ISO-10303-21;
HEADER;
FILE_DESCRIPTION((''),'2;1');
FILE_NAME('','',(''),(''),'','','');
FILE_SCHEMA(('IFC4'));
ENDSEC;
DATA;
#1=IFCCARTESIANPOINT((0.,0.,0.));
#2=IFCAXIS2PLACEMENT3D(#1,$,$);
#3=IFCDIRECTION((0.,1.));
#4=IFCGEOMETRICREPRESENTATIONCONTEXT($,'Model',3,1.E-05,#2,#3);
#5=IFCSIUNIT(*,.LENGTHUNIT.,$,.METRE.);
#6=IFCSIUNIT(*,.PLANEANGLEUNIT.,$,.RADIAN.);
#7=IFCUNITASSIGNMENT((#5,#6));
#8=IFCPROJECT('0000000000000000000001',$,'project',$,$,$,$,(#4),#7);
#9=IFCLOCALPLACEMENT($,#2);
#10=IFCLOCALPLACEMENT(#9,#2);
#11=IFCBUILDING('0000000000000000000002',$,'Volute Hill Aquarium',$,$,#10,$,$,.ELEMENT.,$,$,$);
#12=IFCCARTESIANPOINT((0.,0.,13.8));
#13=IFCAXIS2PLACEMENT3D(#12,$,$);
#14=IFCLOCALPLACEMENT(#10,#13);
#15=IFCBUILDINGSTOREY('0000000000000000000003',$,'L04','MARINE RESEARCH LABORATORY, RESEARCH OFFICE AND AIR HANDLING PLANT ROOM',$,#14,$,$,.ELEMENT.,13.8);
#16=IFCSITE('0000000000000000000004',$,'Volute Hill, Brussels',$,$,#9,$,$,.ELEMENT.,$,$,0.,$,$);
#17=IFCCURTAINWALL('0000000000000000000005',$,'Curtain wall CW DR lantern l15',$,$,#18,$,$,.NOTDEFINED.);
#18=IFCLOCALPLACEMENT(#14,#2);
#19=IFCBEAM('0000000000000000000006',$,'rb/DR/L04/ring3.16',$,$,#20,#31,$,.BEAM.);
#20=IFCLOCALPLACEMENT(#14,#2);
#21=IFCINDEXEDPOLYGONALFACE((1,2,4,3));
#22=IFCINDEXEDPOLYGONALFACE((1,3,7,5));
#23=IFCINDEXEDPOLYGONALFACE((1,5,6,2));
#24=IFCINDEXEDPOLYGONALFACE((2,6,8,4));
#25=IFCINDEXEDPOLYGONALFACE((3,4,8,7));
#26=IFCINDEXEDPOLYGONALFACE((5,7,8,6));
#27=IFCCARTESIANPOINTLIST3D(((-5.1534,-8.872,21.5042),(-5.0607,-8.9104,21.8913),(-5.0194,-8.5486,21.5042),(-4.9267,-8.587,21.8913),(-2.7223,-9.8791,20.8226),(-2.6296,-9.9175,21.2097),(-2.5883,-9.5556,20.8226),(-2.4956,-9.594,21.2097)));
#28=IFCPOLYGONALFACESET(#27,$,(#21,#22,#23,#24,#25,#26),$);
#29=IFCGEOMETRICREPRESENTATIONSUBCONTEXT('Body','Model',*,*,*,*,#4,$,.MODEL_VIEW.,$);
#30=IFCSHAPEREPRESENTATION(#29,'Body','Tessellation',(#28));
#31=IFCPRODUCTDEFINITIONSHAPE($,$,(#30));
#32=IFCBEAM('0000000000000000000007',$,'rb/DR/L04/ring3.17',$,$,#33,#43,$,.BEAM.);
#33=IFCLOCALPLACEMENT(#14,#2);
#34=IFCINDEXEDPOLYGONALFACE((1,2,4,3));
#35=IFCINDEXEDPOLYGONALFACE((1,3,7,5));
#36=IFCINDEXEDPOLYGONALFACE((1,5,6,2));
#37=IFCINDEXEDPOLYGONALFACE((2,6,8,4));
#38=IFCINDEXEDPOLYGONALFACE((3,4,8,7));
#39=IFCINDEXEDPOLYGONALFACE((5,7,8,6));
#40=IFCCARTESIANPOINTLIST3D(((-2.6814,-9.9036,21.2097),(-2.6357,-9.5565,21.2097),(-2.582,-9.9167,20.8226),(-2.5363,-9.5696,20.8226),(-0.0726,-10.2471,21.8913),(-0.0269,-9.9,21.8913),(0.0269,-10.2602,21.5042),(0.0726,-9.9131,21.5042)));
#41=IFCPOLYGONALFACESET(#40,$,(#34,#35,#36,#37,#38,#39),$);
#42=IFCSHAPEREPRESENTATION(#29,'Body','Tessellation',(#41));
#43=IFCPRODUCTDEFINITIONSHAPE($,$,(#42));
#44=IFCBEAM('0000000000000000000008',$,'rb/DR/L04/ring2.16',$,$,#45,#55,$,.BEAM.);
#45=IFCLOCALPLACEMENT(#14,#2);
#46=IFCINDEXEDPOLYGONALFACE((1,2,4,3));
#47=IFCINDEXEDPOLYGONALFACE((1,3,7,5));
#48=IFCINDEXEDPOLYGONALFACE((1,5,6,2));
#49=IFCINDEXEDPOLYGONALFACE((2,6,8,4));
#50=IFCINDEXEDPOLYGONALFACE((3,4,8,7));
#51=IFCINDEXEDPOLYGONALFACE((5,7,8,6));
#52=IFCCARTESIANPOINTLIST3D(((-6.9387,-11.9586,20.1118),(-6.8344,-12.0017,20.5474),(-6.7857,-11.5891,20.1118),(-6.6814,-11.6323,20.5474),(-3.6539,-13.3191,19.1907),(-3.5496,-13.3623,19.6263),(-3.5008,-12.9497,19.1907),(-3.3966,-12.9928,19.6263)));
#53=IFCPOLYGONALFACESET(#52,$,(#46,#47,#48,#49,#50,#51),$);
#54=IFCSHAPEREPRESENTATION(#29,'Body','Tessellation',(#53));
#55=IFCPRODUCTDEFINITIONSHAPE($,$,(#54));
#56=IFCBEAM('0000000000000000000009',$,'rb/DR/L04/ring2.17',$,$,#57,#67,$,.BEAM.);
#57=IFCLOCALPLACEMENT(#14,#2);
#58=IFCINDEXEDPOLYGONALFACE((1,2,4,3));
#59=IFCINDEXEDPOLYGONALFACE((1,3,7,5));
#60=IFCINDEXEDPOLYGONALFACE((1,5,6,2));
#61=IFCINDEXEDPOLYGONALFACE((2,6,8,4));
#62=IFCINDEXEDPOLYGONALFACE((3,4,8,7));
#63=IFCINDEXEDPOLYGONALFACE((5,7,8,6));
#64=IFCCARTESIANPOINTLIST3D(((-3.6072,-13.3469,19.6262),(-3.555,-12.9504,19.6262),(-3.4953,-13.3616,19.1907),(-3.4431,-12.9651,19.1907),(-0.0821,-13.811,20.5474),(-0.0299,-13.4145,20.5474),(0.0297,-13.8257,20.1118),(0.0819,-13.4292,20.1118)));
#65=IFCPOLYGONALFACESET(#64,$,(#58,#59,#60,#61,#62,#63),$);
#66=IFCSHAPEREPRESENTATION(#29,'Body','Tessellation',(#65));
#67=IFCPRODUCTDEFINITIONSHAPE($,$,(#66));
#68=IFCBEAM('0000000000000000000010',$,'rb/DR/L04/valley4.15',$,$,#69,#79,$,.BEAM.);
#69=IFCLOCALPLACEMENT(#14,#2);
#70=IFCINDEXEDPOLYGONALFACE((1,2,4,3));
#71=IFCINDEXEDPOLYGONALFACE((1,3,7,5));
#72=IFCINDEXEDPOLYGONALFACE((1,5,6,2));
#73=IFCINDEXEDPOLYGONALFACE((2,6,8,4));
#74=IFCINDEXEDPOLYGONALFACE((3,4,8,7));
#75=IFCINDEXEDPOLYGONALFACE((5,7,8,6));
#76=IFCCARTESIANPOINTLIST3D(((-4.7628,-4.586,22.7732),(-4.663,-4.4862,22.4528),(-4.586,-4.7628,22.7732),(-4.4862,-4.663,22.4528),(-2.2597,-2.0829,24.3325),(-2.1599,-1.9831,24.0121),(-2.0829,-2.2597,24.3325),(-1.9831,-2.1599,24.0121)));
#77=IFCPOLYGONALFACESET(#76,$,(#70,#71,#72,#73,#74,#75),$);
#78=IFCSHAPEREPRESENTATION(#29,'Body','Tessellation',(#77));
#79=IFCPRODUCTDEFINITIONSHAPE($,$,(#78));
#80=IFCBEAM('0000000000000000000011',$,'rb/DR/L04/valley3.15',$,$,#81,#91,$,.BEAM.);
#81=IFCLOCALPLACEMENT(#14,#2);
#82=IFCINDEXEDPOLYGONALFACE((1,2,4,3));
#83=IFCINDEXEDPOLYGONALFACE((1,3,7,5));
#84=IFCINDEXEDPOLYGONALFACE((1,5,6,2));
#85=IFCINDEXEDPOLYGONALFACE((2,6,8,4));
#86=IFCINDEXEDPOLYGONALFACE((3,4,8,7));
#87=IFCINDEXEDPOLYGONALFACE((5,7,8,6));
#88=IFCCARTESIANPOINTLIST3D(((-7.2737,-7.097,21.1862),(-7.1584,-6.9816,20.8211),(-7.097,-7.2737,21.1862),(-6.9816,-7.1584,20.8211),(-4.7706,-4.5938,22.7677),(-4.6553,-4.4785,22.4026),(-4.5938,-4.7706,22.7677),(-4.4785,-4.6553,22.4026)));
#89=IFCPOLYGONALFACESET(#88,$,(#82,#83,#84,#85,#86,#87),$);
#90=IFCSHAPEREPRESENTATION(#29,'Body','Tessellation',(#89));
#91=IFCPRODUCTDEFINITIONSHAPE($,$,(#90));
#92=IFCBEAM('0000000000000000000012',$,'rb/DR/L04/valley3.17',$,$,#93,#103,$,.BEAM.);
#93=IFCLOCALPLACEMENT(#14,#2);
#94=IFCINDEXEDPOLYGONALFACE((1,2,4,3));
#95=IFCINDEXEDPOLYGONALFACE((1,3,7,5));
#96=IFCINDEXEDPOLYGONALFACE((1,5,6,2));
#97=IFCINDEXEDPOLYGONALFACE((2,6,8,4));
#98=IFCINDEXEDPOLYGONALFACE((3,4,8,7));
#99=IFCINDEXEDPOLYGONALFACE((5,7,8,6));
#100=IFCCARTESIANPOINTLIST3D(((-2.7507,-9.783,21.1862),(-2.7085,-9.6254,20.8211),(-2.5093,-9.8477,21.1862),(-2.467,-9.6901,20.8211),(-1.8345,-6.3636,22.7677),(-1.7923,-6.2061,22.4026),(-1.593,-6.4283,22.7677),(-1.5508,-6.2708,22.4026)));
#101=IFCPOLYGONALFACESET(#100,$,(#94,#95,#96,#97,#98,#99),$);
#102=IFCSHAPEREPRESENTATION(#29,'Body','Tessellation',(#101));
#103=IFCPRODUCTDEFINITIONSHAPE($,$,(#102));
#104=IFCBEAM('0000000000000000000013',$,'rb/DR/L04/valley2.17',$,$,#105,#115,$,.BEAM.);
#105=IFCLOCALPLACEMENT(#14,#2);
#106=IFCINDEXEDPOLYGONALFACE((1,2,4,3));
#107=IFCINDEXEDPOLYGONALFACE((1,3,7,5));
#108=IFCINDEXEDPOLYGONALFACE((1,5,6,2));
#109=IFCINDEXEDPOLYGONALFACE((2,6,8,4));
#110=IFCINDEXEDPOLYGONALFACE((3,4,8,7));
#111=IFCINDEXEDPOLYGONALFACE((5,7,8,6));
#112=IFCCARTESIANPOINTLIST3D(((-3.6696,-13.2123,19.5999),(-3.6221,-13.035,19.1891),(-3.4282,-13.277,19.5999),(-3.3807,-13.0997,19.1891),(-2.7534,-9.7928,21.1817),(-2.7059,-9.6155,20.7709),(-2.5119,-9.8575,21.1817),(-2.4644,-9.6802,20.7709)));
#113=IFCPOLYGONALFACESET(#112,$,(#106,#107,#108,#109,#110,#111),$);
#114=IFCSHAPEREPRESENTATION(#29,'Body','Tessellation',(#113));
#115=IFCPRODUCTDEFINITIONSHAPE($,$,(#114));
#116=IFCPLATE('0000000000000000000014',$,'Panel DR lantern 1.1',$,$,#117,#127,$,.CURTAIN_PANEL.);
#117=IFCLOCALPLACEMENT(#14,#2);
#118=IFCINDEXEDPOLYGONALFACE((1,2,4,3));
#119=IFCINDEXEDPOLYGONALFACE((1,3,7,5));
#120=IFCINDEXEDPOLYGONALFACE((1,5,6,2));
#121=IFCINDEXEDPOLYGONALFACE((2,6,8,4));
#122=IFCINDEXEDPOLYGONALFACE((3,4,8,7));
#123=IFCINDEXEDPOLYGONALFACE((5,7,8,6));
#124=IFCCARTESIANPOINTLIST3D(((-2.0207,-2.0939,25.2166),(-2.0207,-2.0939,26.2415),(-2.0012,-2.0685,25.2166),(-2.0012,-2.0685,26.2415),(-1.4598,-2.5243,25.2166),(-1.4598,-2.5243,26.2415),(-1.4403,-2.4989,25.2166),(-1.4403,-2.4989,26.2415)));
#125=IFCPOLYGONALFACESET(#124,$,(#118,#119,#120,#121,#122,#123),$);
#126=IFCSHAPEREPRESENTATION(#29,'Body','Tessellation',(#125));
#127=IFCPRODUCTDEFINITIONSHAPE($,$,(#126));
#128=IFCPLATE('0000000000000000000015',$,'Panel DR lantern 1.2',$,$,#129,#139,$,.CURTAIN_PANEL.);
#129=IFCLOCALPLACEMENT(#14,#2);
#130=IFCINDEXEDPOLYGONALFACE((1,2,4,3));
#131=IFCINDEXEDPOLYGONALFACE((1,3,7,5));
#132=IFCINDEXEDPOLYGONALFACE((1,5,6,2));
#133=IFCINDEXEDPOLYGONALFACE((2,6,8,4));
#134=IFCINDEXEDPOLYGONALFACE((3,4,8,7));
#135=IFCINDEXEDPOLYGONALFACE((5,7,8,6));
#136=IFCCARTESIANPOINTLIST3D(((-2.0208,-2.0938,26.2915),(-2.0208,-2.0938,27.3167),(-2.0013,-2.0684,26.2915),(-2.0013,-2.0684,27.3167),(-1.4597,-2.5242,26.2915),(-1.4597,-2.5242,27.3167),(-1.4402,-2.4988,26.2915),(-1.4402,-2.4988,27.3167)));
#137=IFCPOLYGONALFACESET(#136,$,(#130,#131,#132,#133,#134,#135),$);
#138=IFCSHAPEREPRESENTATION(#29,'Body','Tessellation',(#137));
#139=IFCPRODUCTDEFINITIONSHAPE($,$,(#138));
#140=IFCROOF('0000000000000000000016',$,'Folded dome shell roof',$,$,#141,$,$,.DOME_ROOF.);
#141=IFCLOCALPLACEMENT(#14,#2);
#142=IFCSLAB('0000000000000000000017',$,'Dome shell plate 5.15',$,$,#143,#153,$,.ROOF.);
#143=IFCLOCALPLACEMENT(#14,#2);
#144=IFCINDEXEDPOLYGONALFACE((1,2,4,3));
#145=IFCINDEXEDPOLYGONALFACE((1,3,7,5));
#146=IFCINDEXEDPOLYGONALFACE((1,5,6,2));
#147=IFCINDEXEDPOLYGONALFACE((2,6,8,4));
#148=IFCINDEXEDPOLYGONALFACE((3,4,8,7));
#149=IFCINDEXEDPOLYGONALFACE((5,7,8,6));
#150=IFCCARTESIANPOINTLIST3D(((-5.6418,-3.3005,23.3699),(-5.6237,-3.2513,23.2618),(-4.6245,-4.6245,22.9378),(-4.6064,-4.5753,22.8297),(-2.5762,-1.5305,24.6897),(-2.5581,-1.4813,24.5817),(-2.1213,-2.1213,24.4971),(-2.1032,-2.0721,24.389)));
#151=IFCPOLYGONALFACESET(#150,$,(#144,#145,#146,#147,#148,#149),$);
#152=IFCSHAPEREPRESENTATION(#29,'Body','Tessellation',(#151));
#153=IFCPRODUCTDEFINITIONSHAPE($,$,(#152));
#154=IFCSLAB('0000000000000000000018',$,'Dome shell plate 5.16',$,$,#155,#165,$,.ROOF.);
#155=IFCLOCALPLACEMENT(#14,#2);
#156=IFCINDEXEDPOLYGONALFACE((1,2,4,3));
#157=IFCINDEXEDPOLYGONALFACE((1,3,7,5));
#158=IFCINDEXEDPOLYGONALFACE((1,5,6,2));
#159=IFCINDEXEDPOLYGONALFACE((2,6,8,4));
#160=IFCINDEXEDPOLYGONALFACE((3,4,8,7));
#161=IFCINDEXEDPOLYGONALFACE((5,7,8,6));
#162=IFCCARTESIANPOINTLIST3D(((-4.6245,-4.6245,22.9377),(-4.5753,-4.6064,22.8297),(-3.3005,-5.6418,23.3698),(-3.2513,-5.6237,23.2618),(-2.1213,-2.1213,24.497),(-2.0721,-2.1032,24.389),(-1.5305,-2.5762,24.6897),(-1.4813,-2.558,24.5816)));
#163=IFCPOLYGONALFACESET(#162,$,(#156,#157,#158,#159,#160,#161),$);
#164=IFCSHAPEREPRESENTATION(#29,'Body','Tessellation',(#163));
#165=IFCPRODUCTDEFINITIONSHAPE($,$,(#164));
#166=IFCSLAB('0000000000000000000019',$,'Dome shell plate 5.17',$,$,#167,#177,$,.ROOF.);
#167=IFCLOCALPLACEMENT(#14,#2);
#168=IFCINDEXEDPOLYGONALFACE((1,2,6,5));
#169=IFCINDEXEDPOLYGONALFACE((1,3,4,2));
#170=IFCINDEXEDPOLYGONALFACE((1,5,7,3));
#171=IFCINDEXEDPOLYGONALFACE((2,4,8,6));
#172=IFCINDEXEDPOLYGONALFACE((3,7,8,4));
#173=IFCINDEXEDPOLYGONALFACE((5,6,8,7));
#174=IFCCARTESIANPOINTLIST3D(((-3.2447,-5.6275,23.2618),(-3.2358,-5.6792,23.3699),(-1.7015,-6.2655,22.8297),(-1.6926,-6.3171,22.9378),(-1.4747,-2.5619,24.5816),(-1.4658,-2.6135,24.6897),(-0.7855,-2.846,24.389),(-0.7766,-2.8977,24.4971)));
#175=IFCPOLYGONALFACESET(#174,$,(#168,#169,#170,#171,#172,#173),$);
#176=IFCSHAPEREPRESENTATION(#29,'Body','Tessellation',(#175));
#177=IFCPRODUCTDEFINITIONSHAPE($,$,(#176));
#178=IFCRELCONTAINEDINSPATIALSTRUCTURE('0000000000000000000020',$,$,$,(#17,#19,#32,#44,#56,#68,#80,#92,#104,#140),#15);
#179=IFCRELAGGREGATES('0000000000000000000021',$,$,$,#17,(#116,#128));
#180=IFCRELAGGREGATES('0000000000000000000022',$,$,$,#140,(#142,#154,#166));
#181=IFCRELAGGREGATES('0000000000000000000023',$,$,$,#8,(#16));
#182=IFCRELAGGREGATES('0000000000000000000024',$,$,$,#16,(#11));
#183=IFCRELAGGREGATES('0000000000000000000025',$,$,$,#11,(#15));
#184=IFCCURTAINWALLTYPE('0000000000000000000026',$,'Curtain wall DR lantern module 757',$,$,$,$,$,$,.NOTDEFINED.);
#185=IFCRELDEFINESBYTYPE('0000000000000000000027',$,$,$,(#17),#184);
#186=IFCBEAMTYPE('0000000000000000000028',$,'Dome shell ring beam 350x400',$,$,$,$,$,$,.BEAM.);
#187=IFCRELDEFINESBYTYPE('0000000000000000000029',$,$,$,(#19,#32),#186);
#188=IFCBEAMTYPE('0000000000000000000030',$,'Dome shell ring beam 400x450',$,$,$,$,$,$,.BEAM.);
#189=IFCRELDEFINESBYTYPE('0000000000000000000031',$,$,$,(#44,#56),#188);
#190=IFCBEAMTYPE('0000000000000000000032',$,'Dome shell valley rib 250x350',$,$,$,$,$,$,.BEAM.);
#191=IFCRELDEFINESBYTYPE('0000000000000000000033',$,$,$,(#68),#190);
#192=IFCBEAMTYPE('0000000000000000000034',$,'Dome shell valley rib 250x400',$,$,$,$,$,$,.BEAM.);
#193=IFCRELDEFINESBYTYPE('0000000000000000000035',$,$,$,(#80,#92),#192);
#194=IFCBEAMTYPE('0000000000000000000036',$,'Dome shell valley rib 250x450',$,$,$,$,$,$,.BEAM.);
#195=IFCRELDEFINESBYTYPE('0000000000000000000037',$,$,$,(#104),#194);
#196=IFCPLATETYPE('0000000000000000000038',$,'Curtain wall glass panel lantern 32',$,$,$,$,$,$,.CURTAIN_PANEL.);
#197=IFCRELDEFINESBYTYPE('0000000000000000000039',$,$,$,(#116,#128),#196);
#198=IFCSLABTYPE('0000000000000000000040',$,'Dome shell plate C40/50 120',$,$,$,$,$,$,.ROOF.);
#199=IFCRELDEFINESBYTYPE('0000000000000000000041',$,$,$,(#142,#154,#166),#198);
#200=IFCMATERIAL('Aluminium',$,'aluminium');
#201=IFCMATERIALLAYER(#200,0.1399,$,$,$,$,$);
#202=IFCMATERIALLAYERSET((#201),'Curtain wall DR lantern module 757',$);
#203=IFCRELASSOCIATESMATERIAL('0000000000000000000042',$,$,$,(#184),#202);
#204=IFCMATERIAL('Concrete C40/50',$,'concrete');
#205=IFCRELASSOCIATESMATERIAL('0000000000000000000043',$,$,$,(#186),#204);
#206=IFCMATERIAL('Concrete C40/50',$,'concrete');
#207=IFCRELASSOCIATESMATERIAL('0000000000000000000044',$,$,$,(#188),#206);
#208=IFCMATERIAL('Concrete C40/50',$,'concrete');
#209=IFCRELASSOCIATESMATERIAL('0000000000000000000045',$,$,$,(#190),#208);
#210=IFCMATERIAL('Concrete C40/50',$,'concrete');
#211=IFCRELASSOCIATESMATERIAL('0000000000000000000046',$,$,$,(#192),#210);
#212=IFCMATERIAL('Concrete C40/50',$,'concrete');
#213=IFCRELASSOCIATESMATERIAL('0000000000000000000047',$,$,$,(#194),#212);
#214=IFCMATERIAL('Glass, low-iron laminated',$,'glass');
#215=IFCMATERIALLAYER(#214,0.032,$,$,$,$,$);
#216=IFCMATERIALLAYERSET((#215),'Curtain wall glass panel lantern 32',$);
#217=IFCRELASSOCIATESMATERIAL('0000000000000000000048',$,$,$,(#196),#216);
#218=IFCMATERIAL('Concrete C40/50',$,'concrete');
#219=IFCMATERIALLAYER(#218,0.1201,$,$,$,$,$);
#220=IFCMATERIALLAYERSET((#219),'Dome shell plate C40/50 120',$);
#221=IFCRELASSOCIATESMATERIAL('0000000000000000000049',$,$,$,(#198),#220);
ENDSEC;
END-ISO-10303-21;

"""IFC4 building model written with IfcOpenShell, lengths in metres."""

from ifc_helpers import new_model, si_unit, direction, frame, origin, origin_2d, place, context, subcontext, project, spatial, polyline, rectangle, outline, extrude, material, layer, layer_set, material_profile, profile_set, type_object, element, aggregate, save


model = new_model("IFC4")

# Units and contexts
model_context = context("Model", 3, precision=1e-05, world=origin(), true_north=direction((0.0, 1.0)))
body_context = subcontext(model_context, "Body", "Model", "MODEL_VIEW")
ifc_project = project(units=[si_unit("LENGTHUNIT", "METRE"), si_unit("PLANEANGLEUNIT", "RADIAN")], contexts=[model_context])

# Site, building, storey
site_placement = place(None, origin())
site = spatial("IfcSite", under=ifc_project, at=site_placement, Name="Volute Hill, Brussels", CompositionType="ELEMENT", RefElevation=0.0)
building_placement = place(site_placement, origin())
building = spatial("IfcBuilding", under=site, at=building_placement, Name="Volute Hill Aquarium", CompositionType="ELEMENT")
storey_placement = place(building_placement, frame((0.0, 0.0, 13.8)))
storey = spatial("IfcBuildingStorey", under=building, at=storey_placement, Name="L04", Description="MARINE RESEARCH LABORATORY, RESEARCH OFFICE AND AIR HANDLING PLANT ROOM", CompositionType="ELEMENT", Elevation=13.8)

# Curtain wall
ifc_material_1 = material(Name="Aluminium", Category="aluminium")
ifc_layer_1 = layer(ifc_material_1, 0.1399)
ifc_layer_set_1 = layer_set([ifc_layer_1], Name="Curtain wall DR lantern module 757")
curtain_wall_type = type_object("IfcCurtainWallType", Name="Curtain wall DR lantern module 757", PredefinedType="NOTDEFINED", material=ifc_layer_set_1)
curtain_wall_placement = place(storey_placement, origin())
curtain_wall = element("IfcCurtainWall", 1, at=curtain_wall_placement, inside=storey, type_object=curtain_wall_type, Name="Curtain wall CW DR lantern l15", PredefinedType="NOTDEFINED")

# Beams
ifc_material_2 = material(Name="Concrete C40/50", Category="concrete")
ifc_material_profile_1 = material_profile(ifc_material_2, rectangle(XDim=0.3501, YDim=0.3999, at=origin_2d()), Name="RC beam 350x400")
ifc_profile_set_1 = profile_set([ifc_material_profile_1], Name="Concrete C40/50")
beam_type_1 = type_object("IfcBeamType", Name="Dome shell ring beam 350x400", PredefinedType="BEAM", material=ifc_profile_set_1)
for number, where, z_axis, x_axis, name in (
    (2, (-5.04, -8.7295, 21.6978), (0.894353, -0.370477, -0.250757), (0.382704, 0.923871, 0.0), "rb/DR/L04/ring3.16"),
    (3, (-2.6089, -9.7366, 21.0161), (0.959765, -0.12637, 0.250764), (0.130541, 0.991443, 0.0), "rb/DR/L04/ring3.17"),
):
    element("IfcBeam", number, at=place(storey_placement, frame(where, z_axis=z_axis, x_axis=x_axis)), inside=storey, type_object=beam_type_1, Name=name, PredefinedType="BEAM", context=body_context, shape_type="SweptSolid", body=[
        extrude(rectangle(XDim=0.3501, YDim=0.3999, at=origin_2d()), origin(), (0.0, 0.0, 1.0), 2.7183),
    ])
ifc_material_3 = material(Name="Concrete C40/50", Category="concrete")
ifc_material_profile_2 = material_profile(ifc_material_3, rectangle(XDim=0.3999, YDim=0.45, at=origin_2d()), Name="RC beam 400x450")
ifc_profile_set_2 = profile_set([ifc_material_profile_2], Name="Concrete C40/50")
beam_type_2 = type_object("IfcBeamType", Name="Dome shell ring beam 400x450", PredefinedType="BEAM", material=ifc_profile_set_2)
for number, where, z_axis, x_axis, name in (
    (4, (-6.8101, -11.7954, 20.3296), (0.894359, -0.370439, -0.250793), (0.382669, 0.923885, 0.0), "rb/DR/L04/ring2.16"),
    (5, (-3.5251, -13.156, 19.4084), (0.959759, -0.126359, 0.250791), (0.130531, 0.991444, 0.0), "rb/DR/L04/ring2.17"),
):
    element("IfcBeam", number, at=place(storey_placement, frame(where, z_axis=z_axis, x_axis=x_axis)), inside=storey, type_object=beam_type_2, Name=name, PredefinedType="BEAM", context=body_context, shape_type="SweptSolid", body=[
        extrude(rectangle(XDim=0.3999, YDim=0.45, at=origin_2d()), origin(), (0.0, 0.0, 1.0), 3.6729),
    ])
ifc_material_4 = material(Name="Concrete C40/50", Category="concrete")
ifc_material_profile_3 = material_profile(ifc_material_4, rectangle(XDim=0.25, YDim=0.3501, at=origin_2d()), Name="RC rib 250x350")
ifc_profile_set_3 = profile_set([ifc_material_profile_3], Name="Concrete C40/50")
beam_type_3 = type_object("IfcBeamType", Name="Dome shell valley rib 250x350", PredefinedType="BEAM", material=ifc_profile_set_3)
beam_1_placement = place(storey_placement, frame((-4.6245, -4.6245, 22.613), z_axis=(0.64711, 0.64711, 0.40311), x_axis=(-0.707107, 0.707107, 0.0)))
element("IfcBeam", 6, at=beam_1_placement, inside=storey, type_object=beam_type_3, Name="rb/DR/L04/valley4.15", PredefinedType="BEAM", context=body_context, shape_type="SweptSolid", body=[
    extrude(rectangle(XDim=0.25, YDim=0.3501, at=origin_2d()), origin(), (0.0, 0.0, 1.0), 3.8682),
])
ifc_material_5 = material(Name="Concrete C40/50", Category="concrete")
ifc_material_profile_4 = material_profile(ifc_material_5, rectangle(XDim=0.25, YDim=0.3999, at=origin_2d()), Name="RC rib 250x400")
ifc_profile_set_4 = profile_set([ifc_material_profile_4], Name="Concrete C40/50")
beam_type_4 = type_object("IfcBeamType", Name="Dome shell valley rib 250x400", PredefinedType="BEAM", material=ifc_profile_set_4)
for number, where, z_axis, x_axis, name in (
    (7, (-7.1277, -7.1277, 21.0037), (0.645606, 0.645606, 0.407904), (-0.707107, 0.707107, 0.0), "rb/DR/L04/valley3.15"),
    (8, (-2.6089, -9.7366, 21.0037), (0.236315, 0.881915, 0.4079), (-0.965924, 0.258826, 0.0), "rb/DR/L04/valley3.17"),
):
    element("IfcBeam", number, at=place(storey_placement, frame(where, z_axis=z_axis, x_axis=x_axis)), inside=storey, type_object=beam_type_4, Name=name, PredefinedType="BEAM", context=body_context, shape_type="SweptSolid", body=[
        extrude(rectangle(XDim=0.25, YDim=0.3999, at=origin_2d()), origin(), (0.0, 0.0, 1.0), 3.8772),
    ])
ifc_material_6 = material(Name="Concrete C40/50", Category="concrete")
ifc_material_profile_5 = material_profile(ifc_material_6, rectangle(XDim=0.25, YDim=0.45, at=origin_2d()), Name="RC rib 250x450")
ifc_profile_set_5 = profile_set([ifc_material_profile_5], Name="Concrete C40/50")
beam_type_5 = type_object("IfcBeamType", Name="Dome shell valley rib 250x450", PredefinedType="BEAM", material=ifc_profile_set_5)
beam_2_placement = place(storey_placement, frame((-3.5251, -13.156, 19.3945), z_axis=(0.236309, 0.881892, 0.407952), x_axis=(-0.965924, 0.258826, 0.0)))
element("IfcBeam", 9, at=beam_2_placement, inside=storey, type_object=beam_type_5, Name="rb/DR/L04/valley2.17", PredefinedType="BEAM", context=body_context, shape_type="SweptSolid", body=[
    extrude(rectangle(XDim=0.25, YDim=0.45, at=origin_2d()), origin(), (0.0, 0.0, 1.0), 3.8774),
])

# Plates
ifc_material_7 = material(Name="Glass, low-iron laminated", Category="glass")
ifc_layer_2 = layer(ifc_material_7, 0.032)
ifc_layer_set_2 = layer_set([ifc_layer_2], Name="Curtain wall glass panel lantern 32")
plate_type = type_object("IfcPlateType", Name="Curtain wall glass panel lantern 32", PredefinedType="CURTAIN_PANEL", material=ifc_layer_set_2)
plate_1_placement = place(storey_placement, frame((-1.7305, -2.2964, 25.2166), z_axis=(0.0, 0.0, 1.0), x_axis=(0.793326, -0.608798, 0.0)))
plate_1 = element("IfcPlate", 10, at=plate_1_placement, type_object=plate_type, Name="Panel DR lantern 1.1", PredefinedType="CURTAIN_PANEL", context=body_context, shape_type="SweptSolid", body=[
    extrude(rectangle(XDim=0.707, YDim=0.032, at=origin_2d()), origin(), (0.0, 0.0, 1.0), 1.0249),
])
plate_2_placement = place(storey_placement, frame((-2.0208, -2.0938, 26.2915), z_axis=(-0.608692, -0.793406, 0.0), x_axis=(0.793406, -0.608692, 0.0)))
plate_2 = element("IfcPlate", 11, at=plate_2_placement, type_object=plate_type, Name="Panel DR lantern 1.2", PredefinedType="CURTAIN_PANEL", context=body_context, shape_type="SweptSolid", body=[
    extrude(outline(polyline([(0.0, 0.0), (0.7071, 0.0), (0.7071, 1.0251), (0.0, 1.0251), (0.0, 0.0)])), origin(), (0.0, 0.0, -1.0), 0.032),
])
aggregate(curtain_wall, [plate_1, plate_2])

# Roof, slabs
roof_placement = place(storey_placement, origin())
roof = element("IfcRoof", 12, at=roof_placement, inside=storey, Name="Folded dome shell roof", PredefinedType="DOME_ROOF")
ifc_material_8 = material(Name="Concrete C40/50", Category="concrete")
ifc_layer_3 = layer(ifc_material_8, 0.1201)
ifc_layer_set_3 = layer_set([ifc_layer_3], Name="Dome shell plate C40/50 120")
slab_type_1 = type_object("IfcSlabType", Name="Dome shell plate C40/50 120", PredefinedType="ROOF", material=ifc_layer_set_3)
slab_1_placement = place(storey_placement, frame((-5.6418, -3.3005, 23.3699), z_axis=(-0.150887, -0.409565, 0.899716), x_axis=(0.589856, -0.767662, -0.25053)))
slab_1 = element("IfcSlab", 13, at=slab_1_placement, type_object=slab_type_1, Name="Dome shell plate 5.15", PredefinedType="ROOF", context=body_context, shape_type="SweptSolid", body=[
    extrude(outline(polyline([(0.0, 0.0), (1.7247, 0.0), (0.889, 3.7769), (0.1189, 3.7761), (0.0, 0.0)])), origin(), (0.0, 0.0, -1.0), 0.1201),
])
slab_2_placement = place(storey_placement, frame((-4.6245, -4.6245, 22.9377), z_axis=(-0.409565, -0.150887, 0.899716), x_axis=(0.767662, -0.589856, 0.25053)))
slab_2 = element("IfcSlab", 14, at=slab_2_placement, type_object=slab_type_1, Name="Dome shell plate 5.16", PredefinedType="ROOF", context=body_context, shape_type="SweptSolid", body=[
    extrude(outline(polyline([(0.0, 0.0), (1.7247, 0.0), (1.6058, 3.7761), (0.8357, 3.7769), (0.0, 0.0)])), origin(), (0.0, 0.0, -1.0), 0.1201),
])
slab_3_placement = place(storey_placement, frame((-3.2358, -5.6792, 23.3699), z_axis=(0.074118, -0.430139, 0.899715), x_axis=(0.894679, -0.369848, -0.250522)))
slab_3 = element("IfcSlab", 15, at=slab_3_placement, type_object=slab_type_1, Name="Dome shell plate 5.17", PredefinedType="ROOF", context=body_context, shape_type="SweptSolid", body=[
    extrude(outline(polyline([(0.0, 0.0), (1.7249, 0.0), (0.8891, 3.7768), (0.1191, 3.7761), (0.0, 0.0)])), origin(), (0.0, 0.0, -1.0), 0.1201),
])
aggregate(roof, [slab_1, slab_2, slab_3])

save(model, "model.ifc")
